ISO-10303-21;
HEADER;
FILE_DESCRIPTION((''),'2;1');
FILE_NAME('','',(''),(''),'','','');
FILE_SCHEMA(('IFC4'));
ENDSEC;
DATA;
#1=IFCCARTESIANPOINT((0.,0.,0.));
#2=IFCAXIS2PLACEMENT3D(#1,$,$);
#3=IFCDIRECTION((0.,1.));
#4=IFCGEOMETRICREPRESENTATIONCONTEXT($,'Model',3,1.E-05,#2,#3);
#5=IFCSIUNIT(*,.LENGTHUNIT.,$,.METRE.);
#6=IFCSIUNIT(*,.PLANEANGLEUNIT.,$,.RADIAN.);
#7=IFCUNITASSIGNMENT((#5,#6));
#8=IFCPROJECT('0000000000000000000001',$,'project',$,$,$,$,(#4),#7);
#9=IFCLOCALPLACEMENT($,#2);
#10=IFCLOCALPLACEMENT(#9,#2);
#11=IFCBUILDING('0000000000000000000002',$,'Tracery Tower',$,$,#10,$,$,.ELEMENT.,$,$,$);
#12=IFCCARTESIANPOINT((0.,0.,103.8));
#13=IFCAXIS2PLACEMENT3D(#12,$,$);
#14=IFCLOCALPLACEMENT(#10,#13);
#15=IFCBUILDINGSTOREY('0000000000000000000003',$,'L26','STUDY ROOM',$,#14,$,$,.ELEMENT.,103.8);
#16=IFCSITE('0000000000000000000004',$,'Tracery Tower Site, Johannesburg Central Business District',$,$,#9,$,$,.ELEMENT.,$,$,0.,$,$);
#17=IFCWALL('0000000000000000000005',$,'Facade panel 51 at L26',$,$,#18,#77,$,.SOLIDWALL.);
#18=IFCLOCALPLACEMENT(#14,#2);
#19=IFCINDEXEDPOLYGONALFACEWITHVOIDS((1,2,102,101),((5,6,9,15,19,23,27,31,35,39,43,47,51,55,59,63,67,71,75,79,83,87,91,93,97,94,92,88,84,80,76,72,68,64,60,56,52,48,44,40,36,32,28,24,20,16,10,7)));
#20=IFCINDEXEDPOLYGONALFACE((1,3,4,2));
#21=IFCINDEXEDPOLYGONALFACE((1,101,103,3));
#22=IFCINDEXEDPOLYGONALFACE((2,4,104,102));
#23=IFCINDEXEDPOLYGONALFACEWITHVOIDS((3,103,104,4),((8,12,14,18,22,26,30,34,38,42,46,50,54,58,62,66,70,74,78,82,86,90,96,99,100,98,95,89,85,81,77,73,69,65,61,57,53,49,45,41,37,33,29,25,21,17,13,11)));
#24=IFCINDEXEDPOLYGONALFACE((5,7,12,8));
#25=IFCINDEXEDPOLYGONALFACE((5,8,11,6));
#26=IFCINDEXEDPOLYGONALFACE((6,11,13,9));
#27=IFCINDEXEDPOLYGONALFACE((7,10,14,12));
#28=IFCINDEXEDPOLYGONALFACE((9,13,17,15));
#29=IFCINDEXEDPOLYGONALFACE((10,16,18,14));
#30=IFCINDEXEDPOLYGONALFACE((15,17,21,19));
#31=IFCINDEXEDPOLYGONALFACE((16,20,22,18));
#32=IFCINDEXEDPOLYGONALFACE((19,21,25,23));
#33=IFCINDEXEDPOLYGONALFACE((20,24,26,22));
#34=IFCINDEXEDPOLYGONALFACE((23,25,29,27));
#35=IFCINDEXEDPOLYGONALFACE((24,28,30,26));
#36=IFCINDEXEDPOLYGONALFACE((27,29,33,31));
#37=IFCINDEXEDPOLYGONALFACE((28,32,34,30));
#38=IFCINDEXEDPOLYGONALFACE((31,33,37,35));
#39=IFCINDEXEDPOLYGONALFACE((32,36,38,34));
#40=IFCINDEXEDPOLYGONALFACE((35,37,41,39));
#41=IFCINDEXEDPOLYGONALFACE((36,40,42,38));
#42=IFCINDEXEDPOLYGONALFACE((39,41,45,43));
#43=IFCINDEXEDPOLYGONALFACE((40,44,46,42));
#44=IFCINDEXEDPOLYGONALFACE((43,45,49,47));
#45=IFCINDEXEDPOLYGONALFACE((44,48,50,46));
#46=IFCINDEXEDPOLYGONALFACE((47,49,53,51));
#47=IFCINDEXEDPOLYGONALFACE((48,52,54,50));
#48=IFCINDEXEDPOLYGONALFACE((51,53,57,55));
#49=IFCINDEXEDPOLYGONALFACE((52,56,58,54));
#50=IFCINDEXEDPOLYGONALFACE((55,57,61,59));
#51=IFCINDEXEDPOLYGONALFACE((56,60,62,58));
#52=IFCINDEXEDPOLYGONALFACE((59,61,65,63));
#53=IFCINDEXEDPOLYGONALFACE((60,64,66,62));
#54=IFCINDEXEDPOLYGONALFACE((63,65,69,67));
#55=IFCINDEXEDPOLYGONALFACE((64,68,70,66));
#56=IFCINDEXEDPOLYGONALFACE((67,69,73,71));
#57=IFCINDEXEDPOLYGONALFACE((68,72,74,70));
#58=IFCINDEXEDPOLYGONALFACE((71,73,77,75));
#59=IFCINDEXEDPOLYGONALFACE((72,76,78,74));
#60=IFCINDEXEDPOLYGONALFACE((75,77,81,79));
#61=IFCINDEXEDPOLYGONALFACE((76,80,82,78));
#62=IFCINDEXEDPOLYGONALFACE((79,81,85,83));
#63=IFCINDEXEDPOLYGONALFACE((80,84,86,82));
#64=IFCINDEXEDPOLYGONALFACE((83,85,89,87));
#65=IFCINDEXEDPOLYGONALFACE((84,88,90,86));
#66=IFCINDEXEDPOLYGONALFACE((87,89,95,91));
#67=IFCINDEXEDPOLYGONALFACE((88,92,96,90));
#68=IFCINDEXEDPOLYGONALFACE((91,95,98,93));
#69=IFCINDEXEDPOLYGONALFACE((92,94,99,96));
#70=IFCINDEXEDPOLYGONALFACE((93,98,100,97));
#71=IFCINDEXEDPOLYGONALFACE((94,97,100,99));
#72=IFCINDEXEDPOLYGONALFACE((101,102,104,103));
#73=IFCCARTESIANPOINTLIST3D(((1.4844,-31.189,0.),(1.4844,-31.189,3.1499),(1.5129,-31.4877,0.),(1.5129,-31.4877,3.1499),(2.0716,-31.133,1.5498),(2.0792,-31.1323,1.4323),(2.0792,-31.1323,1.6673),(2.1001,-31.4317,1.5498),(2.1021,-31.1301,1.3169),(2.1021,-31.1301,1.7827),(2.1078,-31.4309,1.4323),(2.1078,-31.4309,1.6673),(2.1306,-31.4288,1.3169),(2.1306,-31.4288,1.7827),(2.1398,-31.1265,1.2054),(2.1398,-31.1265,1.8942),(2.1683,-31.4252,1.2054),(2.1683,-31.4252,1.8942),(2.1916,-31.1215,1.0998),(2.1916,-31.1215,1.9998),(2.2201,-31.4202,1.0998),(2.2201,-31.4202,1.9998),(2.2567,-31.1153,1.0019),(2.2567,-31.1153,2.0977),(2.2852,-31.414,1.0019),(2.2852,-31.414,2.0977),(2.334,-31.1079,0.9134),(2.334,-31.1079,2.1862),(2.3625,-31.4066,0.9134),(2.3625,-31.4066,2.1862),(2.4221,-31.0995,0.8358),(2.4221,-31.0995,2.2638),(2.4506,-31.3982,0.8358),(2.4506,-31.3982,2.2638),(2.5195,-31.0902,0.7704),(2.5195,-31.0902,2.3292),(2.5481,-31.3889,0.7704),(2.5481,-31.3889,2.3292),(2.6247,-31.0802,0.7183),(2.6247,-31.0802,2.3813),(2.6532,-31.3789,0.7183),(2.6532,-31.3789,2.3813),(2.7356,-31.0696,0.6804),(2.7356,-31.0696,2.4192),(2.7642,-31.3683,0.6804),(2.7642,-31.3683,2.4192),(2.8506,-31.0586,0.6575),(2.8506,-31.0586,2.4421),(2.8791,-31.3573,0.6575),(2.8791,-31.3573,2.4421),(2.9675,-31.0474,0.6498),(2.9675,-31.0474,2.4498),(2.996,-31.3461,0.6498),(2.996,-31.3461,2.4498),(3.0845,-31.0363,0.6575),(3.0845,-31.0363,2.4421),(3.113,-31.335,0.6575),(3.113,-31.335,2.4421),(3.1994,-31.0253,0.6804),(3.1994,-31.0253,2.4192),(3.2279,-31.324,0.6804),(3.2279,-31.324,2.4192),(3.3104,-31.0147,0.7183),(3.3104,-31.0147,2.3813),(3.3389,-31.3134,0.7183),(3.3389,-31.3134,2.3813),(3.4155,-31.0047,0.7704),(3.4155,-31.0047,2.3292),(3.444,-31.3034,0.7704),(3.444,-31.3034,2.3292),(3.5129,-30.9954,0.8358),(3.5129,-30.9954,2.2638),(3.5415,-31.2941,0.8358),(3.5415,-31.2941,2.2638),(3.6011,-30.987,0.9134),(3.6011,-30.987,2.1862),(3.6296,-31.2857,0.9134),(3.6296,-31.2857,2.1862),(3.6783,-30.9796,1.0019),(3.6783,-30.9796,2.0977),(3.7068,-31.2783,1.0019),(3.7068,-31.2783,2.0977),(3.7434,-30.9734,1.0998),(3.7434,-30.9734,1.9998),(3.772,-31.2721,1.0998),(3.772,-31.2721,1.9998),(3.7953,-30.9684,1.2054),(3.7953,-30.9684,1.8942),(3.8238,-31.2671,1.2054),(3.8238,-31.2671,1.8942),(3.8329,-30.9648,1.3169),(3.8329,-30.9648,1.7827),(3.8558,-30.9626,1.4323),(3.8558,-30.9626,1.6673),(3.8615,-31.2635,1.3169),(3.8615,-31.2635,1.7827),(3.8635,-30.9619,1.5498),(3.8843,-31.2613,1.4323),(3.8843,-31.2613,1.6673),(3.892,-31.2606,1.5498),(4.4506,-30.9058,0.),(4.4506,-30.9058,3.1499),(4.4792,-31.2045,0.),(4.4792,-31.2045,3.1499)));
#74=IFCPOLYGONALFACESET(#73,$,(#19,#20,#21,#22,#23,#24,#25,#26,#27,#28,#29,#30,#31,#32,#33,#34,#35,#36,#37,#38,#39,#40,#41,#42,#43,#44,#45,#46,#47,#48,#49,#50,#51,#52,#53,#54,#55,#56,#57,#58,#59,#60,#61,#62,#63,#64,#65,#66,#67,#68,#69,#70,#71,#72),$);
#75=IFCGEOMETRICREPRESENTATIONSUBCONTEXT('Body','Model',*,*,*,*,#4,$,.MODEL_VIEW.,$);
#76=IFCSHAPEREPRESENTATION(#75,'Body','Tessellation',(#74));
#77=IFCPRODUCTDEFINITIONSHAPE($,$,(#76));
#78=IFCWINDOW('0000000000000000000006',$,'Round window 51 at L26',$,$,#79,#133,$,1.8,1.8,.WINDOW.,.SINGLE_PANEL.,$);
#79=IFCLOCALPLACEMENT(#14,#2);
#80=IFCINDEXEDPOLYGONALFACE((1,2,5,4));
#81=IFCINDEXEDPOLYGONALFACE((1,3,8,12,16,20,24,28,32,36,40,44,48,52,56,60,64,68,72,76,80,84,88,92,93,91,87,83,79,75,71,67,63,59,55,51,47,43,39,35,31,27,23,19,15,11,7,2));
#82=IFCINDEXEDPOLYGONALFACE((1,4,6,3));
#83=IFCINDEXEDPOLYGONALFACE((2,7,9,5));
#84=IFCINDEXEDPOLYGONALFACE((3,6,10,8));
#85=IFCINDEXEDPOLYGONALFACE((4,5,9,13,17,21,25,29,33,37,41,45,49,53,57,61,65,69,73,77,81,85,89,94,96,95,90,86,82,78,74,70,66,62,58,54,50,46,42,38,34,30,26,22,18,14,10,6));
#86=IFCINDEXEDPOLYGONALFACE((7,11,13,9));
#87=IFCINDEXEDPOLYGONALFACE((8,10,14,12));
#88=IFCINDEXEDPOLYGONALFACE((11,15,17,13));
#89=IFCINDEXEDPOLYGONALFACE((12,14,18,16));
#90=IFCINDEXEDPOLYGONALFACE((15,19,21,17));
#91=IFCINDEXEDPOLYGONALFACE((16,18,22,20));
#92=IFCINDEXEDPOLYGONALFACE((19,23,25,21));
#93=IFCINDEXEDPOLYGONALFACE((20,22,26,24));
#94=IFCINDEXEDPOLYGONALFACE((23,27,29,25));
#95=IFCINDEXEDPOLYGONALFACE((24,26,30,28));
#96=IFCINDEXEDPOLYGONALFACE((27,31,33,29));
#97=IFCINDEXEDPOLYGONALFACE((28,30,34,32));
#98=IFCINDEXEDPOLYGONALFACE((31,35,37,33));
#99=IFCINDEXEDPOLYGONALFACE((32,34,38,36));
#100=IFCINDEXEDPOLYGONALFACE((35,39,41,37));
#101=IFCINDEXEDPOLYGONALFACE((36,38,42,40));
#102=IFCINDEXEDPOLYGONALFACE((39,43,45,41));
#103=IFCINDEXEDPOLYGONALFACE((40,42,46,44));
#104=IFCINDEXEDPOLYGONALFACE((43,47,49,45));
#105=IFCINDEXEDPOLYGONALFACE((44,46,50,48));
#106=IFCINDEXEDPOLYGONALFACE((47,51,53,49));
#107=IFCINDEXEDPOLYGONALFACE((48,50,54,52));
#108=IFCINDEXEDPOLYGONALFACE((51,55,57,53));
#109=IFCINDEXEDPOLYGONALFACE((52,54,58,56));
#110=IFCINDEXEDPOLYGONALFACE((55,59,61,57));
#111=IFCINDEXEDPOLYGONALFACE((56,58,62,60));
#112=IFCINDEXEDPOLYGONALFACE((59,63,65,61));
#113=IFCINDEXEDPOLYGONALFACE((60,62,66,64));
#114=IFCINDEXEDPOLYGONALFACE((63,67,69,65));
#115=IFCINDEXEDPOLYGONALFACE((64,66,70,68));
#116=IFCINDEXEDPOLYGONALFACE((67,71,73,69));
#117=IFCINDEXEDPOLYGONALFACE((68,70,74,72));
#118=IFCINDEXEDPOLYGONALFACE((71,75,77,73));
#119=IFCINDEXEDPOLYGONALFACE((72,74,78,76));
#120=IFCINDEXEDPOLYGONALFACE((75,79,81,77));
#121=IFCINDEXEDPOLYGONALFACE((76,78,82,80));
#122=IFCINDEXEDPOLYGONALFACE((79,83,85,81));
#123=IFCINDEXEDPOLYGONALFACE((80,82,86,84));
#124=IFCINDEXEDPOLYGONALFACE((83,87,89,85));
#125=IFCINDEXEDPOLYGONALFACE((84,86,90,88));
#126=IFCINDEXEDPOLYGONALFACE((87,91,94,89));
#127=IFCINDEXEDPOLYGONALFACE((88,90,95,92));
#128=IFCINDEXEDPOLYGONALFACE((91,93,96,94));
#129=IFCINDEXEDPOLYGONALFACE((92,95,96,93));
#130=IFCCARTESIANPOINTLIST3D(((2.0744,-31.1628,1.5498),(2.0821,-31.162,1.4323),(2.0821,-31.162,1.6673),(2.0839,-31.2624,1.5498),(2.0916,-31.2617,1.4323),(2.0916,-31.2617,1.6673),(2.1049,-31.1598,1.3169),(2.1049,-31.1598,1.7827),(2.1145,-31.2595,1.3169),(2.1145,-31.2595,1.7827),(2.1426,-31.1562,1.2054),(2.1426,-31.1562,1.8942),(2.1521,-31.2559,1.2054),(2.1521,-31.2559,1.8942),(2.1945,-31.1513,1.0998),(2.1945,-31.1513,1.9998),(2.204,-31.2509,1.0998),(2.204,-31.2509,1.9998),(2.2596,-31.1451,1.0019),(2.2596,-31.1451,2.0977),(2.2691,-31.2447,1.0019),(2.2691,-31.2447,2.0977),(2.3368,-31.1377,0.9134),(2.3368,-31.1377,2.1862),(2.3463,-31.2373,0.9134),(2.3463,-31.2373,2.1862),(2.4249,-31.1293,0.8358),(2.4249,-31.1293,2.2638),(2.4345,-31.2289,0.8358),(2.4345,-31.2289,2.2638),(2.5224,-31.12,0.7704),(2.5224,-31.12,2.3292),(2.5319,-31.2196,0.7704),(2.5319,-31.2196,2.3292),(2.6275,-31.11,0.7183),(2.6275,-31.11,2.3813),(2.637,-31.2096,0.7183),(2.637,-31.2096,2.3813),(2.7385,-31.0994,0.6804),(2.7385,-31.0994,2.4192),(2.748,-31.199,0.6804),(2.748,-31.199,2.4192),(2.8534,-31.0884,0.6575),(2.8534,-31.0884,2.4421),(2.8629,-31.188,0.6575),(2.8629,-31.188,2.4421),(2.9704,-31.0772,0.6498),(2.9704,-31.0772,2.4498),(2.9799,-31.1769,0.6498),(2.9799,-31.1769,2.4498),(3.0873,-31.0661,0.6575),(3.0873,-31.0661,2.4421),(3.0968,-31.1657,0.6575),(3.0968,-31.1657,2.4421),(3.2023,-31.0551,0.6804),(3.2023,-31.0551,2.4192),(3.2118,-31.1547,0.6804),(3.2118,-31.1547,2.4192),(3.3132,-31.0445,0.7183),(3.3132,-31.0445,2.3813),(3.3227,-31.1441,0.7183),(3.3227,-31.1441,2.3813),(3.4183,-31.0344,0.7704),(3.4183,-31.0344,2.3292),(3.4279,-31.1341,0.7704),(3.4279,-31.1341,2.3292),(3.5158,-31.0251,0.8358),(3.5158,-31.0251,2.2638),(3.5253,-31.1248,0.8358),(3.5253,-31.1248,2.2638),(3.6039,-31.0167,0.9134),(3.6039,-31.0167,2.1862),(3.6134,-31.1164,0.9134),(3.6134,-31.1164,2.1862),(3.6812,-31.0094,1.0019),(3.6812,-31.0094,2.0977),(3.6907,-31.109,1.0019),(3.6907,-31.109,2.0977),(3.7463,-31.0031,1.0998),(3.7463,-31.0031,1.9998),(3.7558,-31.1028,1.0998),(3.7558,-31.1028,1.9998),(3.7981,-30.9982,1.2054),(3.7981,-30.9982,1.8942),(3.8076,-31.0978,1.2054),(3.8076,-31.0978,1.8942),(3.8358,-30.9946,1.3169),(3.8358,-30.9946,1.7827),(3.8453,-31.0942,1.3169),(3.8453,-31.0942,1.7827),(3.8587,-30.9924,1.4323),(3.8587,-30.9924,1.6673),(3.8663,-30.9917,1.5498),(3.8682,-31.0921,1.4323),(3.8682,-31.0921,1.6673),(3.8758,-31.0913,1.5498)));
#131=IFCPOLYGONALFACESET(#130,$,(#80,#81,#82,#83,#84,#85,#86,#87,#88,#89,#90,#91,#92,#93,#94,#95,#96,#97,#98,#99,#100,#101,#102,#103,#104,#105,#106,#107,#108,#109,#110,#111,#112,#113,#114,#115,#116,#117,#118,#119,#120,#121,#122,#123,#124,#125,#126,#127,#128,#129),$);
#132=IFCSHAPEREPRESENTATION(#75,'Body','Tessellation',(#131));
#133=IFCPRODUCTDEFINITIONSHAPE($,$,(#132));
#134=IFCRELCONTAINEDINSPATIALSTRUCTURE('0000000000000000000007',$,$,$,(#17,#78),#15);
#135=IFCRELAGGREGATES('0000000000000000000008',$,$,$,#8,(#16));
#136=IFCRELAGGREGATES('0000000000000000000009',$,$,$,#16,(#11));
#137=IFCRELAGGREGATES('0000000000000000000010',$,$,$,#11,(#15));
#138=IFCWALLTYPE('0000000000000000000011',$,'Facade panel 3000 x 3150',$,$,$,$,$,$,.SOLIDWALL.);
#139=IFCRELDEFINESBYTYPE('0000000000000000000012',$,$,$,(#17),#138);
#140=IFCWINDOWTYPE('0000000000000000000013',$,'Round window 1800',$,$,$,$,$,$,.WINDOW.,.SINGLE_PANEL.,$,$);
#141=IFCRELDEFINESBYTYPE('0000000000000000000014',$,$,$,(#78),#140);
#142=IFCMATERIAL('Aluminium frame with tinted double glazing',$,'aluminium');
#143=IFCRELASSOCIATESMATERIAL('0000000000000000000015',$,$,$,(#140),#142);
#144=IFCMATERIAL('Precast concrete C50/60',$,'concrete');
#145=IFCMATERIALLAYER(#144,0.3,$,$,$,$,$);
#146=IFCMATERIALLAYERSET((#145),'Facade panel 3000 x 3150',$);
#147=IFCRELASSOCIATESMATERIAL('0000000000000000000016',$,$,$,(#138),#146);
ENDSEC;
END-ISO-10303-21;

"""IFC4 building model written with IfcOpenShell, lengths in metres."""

from ifc_helpers import new_model, si_unit, direction, frame, frame_2d, origin, origin_2d, place, context, subcontext, project, spatial, rectangle, circle, extrude, material, layer, layer_set, type_object, element, fill, save


model = new_model("IFC4")

# Units and contexts
model_context = context("Model", 3, precision=1e-05, world=origin(), true_north=direction((0.0, 1.0)))
body_context = subcontext(model_context, "Body", "Model", "MODEL_VIEW")
ifc_project = project(units=[si_unit("LENGTHUNIT", "METRE"), si_unit("PLANEANGLEUNIT", "RADIAN")], contexts=[model_context])

# Site, building, storey
site_placement = place(None, origin())
site = spatial("IfcSite", under=ifc_project, at=site_placement, Name="Tracery Tower Site, Johannesburg Central Business District", CompositionType="ELEMENT", RefElevation=0.0)
building_placement = place(site_placement, origin())
building = spatial("IfcBuilding", under=site, at=building_placement, Name="Tracery Tower", CompositionType="ELEMENT")
storey_placement = place(building_placement, frame((0.0, 0.0, 103.8)))
storey = spatial("IfcBuildingStorey", under=building, at=storey_placement, Name="L26", Description="STUDY ROOM", CompositionType="ELEMENT", Elevation=103.8)

# Wall, opening, window
ifc_material_1 = material(Name="Aluminium frame with tinted double glazing", Category="aluminium")
window_type = type_object("IfcWindowType", Name="Round window 1800", PartitioningType="SINGLE_PANEL", PredefinedType="WINDOW", material=ifc_material_1)
ifc_material_2 = material(Name="Precast concrete C50/60", Category="concrete")
ifc_layer_1 = layer(ifc_material_2, 0.3)
ifc_layer_set_1 = layer_set([ifc_layer_1], Name="Facade panel 3000 x 3150")
wall_type_1 = type_object("IfcWallType", Name="Facade panel 3000 x 3150", PredefinedType="SOLIDWALL", material=ifc_layer_set_1)
wall_1_placement = place(storey_placement, frame((1.4988, -31.3384, 0.0), z_axis=(0.0, 0.0, 1.0), x_axis=(0.995473, 0.095041, 0.0)))
wall_1 = element("IfcWall", 1, at=wall_1_placement, inside=storey, type_object=wall_type_1, Name="Facade panel 51 at L26", PredefinedType="SOLIDWALL", context=body_context, shape_type="SweptSolid", body=[
    extrude(rectangle(XDim=2.9797, YDim=0.3, at=frame_2d((1.4897, 0.0))), origin(), (0.0, 0.0, 1.0), 3.1499),
])
opening_1_placement = place(wall_1_placement, frame((1.4897, 0.0, 1.5498)))
opening_1 = element("IfcOpeningElement", 2, at=opening_1_placement, cuts=wall_1, PredefinedType="OPENING", context=body_context, shape_type="SweptSolid", body=[
    extrude(circle(Radius=0.9, at=origin_2d()), frame((0.0, 0.1599, 0.0), z_axis=(0.0, -1.0, 0.0), x_axis=(1.0, 0.0, 0.0)), (0.0, 0.0, 1.0), 0.3201),
])
window_1_placement = place(opening_1_placement, origin())
window_1 = element("IfcWindow", 3, at=window_1_placement, inside=storey, type_object=window_type, Name="Round window 51 at L26", OverallHeight=1.8, OverallWidth=1.8, PartitioningType="SINGLE_PANEL", PredefinedType="WINDOW", context=body_context, shape_type="SweptSolid", body=[
    extrude(circle(Radius=0.9, at=origin_2d()), frame((0.0, 0.1201, 0.0), z_axis=(0.0, -1.0, 0.0), x_axis=(1.0, 0.0, 0.0)), (0.0, 0.0, 1.0), 0.1001),
])
fill(opening_1, window_1)

save(model, "model.ifc")
